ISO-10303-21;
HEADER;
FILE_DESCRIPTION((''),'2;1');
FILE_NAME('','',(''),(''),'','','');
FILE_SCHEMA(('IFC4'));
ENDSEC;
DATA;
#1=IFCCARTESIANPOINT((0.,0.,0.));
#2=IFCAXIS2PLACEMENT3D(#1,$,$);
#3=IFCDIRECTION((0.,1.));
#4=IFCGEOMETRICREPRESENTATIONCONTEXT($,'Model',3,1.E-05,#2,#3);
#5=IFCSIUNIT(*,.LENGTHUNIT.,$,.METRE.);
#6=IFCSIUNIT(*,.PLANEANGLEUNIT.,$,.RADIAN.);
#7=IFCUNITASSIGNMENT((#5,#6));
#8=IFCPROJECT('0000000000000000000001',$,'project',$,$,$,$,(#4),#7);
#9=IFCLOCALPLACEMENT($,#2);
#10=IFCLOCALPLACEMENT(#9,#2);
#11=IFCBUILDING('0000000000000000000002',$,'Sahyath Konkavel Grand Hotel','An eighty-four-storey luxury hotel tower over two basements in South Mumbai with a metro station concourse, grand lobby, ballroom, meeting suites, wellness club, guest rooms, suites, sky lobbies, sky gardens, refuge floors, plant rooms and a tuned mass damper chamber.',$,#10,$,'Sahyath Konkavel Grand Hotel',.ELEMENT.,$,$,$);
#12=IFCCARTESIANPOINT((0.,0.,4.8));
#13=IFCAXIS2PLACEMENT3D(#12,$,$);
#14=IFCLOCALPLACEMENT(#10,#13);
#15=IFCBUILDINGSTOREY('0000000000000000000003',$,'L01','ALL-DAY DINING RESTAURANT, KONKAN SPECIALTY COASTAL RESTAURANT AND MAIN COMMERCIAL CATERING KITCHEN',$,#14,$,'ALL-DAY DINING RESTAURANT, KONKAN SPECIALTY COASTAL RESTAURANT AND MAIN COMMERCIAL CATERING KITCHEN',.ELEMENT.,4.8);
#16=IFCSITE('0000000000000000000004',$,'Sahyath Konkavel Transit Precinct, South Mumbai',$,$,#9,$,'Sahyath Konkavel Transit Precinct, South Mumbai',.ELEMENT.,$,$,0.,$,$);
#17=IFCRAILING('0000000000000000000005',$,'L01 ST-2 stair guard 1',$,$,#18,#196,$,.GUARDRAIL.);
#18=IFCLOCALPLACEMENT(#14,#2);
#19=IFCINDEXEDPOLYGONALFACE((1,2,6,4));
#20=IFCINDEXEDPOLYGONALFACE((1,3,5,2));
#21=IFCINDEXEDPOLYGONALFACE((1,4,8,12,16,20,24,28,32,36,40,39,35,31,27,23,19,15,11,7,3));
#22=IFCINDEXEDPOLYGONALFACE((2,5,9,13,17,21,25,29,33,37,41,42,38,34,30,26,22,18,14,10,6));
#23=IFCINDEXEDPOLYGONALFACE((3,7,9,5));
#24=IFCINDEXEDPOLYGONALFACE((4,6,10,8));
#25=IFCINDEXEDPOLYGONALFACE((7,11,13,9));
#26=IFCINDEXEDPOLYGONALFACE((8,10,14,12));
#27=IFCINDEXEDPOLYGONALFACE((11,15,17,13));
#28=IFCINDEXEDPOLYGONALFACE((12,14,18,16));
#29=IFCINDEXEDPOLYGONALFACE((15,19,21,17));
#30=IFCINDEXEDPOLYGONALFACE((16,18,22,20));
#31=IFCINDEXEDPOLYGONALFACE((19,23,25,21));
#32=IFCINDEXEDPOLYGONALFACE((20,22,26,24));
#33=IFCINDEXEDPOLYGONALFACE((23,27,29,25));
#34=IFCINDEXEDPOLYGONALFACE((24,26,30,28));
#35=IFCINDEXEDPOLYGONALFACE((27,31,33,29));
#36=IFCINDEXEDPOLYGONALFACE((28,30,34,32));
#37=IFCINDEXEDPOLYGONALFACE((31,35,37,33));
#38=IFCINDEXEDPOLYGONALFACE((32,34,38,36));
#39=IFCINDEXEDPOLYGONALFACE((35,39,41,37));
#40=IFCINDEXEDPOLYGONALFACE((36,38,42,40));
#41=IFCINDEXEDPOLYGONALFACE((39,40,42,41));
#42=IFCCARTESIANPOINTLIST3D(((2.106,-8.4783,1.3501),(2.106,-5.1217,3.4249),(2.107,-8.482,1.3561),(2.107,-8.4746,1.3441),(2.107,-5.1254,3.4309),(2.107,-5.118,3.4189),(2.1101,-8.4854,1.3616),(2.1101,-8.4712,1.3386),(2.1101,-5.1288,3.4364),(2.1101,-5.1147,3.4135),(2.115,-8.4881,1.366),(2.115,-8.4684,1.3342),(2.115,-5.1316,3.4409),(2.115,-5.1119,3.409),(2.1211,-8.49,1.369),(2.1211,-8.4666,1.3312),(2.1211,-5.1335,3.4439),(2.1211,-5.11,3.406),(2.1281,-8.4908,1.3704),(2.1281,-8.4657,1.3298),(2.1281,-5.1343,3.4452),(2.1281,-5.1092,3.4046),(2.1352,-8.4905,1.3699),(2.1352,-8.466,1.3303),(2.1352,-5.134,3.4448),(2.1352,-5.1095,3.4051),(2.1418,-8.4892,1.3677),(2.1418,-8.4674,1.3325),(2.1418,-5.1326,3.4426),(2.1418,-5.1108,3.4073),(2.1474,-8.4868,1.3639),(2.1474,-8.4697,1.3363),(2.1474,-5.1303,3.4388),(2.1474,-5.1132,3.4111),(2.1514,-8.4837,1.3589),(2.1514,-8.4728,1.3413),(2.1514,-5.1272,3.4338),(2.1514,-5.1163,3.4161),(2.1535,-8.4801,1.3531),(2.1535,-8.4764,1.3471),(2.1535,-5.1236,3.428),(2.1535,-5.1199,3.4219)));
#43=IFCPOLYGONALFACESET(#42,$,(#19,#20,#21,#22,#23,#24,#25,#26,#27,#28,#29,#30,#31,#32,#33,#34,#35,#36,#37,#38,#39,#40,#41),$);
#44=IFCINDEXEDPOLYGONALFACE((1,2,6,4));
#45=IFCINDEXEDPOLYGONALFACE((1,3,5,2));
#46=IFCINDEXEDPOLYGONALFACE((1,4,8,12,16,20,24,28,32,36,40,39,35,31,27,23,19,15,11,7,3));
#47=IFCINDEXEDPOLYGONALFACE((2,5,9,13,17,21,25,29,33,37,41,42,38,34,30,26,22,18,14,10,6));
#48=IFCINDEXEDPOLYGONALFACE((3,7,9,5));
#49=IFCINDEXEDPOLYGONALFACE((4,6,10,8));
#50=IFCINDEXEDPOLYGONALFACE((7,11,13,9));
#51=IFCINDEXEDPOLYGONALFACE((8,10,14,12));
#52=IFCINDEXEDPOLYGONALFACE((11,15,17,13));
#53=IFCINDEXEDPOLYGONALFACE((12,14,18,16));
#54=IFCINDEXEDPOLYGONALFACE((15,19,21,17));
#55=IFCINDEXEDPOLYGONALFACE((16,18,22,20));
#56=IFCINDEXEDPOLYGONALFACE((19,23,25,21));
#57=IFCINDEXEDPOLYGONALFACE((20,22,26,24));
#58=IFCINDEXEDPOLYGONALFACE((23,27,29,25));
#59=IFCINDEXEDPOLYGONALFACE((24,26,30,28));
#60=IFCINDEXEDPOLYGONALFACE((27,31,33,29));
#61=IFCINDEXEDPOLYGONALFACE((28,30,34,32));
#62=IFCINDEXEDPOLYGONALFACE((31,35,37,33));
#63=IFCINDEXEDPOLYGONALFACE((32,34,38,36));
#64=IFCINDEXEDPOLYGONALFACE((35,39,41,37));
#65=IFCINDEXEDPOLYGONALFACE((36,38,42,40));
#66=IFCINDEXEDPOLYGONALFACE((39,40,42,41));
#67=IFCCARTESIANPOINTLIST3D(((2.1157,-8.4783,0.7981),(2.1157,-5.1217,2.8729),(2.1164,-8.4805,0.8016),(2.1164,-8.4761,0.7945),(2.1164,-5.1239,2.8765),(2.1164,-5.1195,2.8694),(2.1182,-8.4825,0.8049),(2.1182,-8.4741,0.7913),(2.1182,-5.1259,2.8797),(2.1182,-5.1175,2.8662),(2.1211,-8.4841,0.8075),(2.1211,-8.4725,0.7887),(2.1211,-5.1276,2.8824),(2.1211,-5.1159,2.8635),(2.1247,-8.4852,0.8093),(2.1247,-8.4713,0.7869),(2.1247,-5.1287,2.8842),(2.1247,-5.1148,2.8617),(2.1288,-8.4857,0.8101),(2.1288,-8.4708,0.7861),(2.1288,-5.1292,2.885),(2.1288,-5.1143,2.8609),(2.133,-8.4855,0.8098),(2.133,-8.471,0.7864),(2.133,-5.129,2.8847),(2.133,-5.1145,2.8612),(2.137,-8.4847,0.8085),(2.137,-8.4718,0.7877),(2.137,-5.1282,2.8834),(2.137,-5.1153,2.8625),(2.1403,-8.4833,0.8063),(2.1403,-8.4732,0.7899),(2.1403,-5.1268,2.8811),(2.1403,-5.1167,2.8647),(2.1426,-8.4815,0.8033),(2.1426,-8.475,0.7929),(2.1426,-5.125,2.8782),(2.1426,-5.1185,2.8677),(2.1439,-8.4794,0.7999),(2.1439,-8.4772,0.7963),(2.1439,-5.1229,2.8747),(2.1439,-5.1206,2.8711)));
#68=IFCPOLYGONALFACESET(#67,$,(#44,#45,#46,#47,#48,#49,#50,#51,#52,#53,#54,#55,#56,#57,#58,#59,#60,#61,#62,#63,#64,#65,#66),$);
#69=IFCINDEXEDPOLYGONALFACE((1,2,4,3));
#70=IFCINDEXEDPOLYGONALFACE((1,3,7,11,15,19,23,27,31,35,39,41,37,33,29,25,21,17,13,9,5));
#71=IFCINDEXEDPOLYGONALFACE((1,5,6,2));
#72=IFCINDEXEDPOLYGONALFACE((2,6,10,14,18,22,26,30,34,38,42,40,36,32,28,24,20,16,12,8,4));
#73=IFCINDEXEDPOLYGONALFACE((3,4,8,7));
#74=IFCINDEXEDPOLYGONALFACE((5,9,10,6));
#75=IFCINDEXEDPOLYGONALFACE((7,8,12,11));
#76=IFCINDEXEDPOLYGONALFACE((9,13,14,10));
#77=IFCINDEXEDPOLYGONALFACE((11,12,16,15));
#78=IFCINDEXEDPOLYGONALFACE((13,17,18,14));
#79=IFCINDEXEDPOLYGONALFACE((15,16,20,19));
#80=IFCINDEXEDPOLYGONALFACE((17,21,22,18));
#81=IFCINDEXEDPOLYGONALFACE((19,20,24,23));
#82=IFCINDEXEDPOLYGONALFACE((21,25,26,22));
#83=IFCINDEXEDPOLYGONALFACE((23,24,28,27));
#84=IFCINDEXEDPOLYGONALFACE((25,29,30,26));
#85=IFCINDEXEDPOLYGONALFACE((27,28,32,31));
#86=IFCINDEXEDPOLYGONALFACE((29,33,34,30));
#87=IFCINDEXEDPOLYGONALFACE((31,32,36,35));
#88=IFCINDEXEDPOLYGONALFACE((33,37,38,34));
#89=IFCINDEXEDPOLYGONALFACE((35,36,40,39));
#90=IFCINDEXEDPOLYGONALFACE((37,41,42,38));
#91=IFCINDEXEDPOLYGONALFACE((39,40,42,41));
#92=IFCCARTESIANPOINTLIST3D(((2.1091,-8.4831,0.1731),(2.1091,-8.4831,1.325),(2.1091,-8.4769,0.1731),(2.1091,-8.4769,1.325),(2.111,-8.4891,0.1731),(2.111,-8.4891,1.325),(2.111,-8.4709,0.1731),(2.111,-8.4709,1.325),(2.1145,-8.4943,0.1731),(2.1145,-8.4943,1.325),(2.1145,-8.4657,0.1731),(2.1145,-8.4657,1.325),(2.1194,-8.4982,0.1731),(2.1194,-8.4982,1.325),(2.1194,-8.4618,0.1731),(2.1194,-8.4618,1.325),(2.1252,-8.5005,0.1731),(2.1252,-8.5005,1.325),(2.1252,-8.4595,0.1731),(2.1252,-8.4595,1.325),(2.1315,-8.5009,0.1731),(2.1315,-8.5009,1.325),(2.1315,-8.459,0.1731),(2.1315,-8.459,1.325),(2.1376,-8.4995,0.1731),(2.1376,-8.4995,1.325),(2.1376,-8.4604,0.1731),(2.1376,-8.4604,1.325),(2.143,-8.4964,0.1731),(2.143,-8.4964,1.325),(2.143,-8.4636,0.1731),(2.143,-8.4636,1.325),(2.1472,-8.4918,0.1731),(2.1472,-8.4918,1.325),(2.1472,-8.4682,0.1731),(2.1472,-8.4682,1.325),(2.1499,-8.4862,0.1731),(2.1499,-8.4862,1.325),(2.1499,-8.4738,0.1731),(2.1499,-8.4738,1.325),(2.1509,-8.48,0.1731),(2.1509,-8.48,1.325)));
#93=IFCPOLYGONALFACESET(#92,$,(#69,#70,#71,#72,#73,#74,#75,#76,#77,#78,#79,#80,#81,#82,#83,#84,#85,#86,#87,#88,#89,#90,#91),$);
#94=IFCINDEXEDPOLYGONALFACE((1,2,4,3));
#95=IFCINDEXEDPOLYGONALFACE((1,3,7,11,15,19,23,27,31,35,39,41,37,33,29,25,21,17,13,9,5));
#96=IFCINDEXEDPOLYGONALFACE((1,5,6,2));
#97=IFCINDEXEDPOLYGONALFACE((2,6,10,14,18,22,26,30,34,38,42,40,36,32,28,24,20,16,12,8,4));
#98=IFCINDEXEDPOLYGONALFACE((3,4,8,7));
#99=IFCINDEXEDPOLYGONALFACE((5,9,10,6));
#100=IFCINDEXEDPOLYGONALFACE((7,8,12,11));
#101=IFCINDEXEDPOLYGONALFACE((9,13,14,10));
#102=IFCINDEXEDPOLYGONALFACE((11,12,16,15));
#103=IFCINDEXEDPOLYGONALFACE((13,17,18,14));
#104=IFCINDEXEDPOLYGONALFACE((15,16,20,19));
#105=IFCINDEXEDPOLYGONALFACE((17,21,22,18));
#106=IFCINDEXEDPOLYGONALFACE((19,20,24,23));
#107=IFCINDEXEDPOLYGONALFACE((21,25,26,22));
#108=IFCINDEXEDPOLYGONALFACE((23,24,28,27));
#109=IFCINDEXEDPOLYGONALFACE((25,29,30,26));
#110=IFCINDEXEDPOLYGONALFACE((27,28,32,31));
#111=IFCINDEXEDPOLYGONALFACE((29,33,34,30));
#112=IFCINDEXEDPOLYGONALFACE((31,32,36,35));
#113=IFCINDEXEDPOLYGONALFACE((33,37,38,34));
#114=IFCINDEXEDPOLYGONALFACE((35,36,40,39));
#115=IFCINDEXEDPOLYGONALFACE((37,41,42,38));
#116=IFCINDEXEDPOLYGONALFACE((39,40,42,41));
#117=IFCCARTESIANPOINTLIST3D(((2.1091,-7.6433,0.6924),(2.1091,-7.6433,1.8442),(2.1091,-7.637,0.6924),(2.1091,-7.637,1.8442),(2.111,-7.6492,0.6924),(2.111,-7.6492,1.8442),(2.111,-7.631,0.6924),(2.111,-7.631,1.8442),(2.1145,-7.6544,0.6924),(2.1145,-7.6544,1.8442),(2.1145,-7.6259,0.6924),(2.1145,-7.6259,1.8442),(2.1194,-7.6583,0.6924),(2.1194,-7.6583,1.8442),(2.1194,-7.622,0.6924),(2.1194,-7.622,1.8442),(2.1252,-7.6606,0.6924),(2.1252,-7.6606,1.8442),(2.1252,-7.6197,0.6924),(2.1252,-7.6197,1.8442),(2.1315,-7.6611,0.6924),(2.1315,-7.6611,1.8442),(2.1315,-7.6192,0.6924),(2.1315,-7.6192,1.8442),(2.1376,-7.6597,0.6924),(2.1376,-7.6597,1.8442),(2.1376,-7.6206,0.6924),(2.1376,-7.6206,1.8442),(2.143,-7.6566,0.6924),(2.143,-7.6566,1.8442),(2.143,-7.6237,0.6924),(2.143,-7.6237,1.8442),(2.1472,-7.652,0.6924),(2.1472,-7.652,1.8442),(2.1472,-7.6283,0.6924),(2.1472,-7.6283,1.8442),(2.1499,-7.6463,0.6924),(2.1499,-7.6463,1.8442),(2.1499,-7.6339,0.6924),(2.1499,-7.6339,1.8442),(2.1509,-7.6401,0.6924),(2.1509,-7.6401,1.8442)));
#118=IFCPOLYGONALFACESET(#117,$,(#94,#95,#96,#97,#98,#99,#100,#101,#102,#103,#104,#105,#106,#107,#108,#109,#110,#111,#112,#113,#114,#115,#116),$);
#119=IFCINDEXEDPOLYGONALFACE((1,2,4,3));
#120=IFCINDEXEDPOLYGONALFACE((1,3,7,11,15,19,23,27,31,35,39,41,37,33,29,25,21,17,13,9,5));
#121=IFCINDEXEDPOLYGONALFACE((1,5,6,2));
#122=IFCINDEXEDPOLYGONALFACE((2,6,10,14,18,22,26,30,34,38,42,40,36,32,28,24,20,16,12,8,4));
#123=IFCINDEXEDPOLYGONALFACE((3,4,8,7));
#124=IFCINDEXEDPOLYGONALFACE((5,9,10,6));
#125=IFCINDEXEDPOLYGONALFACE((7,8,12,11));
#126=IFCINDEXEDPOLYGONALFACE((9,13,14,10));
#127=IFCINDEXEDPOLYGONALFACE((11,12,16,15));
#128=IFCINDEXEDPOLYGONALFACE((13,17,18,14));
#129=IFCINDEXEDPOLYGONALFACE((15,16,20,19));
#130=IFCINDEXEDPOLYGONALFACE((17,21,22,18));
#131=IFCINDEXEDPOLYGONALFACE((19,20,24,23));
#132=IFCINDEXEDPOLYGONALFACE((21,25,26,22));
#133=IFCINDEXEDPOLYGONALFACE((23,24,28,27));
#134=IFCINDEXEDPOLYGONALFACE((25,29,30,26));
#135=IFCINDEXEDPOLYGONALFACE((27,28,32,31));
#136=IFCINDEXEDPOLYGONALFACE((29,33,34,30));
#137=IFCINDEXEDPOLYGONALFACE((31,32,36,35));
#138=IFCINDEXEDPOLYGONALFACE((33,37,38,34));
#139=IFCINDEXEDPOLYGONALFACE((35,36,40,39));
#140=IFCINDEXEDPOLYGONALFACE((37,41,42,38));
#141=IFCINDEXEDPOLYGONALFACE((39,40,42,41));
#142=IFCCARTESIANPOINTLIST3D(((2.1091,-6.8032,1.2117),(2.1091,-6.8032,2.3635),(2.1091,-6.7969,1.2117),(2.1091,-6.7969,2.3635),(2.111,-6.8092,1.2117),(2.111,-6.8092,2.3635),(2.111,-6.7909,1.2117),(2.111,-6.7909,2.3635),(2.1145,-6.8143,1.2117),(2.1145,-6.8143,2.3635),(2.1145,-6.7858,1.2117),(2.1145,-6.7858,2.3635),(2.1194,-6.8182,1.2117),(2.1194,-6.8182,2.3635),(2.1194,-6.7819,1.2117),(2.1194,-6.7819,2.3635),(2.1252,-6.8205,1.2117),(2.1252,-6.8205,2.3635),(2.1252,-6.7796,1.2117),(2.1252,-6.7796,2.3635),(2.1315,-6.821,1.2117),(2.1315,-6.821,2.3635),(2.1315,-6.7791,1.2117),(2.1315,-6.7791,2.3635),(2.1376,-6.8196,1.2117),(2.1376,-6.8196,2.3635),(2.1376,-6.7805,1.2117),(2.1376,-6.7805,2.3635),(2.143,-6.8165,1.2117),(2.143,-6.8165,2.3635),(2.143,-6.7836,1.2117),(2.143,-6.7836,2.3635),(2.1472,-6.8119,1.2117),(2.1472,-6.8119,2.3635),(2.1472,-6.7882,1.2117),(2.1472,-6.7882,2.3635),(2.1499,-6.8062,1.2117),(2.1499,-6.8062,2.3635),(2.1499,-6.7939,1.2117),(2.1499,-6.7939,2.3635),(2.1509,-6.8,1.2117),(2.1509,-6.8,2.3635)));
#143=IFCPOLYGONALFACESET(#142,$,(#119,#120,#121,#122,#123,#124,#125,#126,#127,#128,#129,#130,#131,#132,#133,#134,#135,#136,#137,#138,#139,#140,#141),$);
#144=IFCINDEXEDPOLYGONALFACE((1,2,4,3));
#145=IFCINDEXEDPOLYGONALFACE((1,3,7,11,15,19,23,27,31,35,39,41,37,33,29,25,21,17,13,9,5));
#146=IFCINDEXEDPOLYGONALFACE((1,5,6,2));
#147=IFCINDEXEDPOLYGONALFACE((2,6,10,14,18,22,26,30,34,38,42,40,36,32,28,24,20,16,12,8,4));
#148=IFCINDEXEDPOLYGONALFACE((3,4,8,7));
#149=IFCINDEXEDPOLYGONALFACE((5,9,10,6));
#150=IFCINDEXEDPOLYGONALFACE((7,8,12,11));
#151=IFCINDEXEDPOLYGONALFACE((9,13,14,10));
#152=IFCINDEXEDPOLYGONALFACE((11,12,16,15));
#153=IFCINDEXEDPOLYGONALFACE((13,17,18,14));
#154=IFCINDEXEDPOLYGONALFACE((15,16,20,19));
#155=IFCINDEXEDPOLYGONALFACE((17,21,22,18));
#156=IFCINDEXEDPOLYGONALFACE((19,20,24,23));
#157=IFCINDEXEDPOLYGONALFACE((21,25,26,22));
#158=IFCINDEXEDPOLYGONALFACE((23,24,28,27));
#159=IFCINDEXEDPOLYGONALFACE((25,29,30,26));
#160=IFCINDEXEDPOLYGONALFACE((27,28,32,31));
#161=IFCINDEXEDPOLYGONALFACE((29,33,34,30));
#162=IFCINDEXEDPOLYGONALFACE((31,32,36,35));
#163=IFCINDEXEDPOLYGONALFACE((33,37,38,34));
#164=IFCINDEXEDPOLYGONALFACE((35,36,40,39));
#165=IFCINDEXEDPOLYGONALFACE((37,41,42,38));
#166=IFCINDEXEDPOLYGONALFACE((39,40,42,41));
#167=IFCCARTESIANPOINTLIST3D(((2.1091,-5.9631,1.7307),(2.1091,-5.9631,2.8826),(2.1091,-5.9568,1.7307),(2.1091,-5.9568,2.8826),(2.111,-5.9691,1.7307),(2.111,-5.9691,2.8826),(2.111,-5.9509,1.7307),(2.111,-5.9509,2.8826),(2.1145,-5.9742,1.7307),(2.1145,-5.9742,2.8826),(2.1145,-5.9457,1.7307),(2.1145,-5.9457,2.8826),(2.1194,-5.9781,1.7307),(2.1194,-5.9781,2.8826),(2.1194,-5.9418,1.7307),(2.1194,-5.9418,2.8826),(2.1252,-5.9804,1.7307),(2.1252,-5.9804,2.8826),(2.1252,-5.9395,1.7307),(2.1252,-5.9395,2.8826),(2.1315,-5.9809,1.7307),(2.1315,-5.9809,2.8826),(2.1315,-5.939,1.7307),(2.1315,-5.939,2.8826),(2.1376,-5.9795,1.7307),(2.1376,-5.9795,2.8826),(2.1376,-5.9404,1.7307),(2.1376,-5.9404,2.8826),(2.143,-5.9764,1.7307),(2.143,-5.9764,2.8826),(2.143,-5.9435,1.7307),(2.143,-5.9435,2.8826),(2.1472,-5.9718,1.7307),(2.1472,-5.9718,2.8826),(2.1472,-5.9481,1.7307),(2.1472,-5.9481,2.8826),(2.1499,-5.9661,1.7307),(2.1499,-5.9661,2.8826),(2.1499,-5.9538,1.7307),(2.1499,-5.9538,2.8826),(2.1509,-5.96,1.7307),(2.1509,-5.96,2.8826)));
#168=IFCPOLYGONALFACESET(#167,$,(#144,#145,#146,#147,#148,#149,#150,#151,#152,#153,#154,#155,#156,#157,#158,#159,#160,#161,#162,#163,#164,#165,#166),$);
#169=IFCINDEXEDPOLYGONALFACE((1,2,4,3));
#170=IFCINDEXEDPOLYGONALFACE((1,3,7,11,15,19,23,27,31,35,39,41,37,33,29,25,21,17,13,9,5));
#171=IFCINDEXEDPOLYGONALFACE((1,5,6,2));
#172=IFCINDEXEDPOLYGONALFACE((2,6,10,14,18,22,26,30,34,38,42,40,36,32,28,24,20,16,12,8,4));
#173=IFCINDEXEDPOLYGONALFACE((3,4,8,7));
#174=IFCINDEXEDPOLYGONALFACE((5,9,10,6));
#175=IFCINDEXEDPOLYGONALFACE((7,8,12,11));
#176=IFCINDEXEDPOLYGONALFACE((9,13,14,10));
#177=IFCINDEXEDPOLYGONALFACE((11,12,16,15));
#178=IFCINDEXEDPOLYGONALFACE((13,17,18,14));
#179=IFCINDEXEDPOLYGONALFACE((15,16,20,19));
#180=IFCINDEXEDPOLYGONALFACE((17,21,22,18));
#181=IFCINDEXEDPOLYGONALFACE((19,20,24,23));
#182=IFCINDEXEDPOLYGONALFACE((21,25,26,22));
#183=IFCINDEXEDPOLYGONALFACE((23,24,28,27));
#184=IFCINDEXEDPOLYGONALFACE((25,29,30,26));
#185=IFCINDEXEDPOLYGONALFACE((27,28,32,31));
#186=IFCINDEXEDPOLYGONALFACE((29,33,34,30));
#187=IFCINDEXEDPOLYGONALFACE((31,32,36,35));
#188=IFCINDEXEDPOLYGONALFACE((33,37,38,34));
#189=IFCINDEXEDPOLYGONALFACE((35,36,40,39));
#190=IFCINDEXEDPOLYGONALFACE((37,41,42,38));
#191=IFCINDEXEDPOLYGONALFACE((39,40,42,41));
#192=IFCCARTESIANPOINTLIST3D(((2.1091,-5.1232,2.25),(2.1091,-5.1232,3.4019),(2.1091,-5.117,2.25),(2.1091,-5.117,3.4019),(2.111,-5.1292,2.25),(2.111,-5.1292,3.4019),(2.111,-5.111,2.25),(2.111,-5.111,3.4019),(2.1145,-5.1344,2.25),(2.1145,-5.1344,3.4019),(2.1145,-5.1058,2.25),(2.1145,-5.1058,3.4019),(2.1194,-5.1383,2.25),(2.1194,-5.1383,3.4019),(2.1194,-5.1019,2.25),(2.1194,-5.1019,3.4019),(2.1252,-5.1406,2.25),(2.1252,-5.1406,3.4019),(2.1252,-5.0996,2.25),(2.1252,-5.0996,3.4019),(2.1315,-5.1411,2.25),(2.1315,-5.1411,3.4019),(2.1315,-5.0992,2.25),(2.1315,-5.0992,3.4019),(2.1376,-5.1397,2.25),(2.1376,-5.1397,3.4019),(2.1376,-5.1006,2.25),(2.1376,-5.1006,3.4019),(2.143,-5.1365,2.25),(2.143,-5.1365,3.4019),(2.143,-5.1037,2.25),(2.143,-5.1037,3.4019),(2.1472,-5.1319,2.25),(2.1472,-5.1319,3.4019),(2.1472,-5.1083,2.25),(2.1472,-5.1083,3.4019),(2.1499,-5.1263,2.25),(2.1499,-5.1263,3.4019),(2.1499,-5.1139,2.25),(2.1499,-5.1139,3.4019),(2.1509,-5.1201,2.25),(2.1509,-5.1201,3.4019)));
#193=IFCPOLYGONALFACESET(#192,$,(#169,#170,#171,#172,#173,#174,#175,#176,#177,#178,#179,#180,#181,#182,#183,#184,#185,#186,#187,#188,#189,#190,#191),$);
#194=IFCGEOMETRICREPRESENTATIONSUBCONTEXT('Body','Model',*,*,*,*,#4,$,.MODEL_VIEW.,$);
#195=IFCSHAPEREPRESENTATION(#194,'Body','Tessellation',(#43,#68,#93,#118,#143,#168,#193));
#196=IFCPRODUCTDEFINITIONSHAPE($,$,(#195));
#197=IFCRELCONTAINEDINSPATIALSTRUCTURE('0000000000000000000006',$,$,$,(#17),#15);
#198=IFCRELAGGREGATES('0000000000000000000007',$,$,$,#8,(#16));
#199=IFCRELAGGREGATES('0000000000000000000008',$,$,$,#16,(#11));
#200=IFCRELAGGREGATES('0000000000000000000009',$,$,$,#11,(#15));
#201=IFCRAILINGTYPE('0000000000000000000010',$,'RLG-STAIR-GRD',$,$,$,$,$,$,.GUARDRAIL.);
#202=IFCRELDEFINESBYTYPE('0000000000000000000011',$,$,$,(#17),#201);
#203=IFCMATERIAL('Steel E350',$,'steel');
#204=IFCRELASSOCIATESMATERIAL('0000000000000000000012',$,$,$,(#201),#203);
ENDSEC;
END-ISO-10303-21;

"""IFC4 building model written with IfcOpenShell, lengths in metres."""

from ifc_helpers import new_model, si_unit, direction, frame, origin, origin_2d, place, context, subcontext, project, spatial, circle, extrude, material, type_object, element, save


model = new_model("IFC4")

# Units and contexts
model_context = context("Model", 3, precision=1e-05, world=origin(), true_north=direction((0.0, 1.0)))
body_context = subcontext(model_context, "Body", "Model", "MODEL_VIEW")
ifc_project = project(units=[si_unit("LENGTHUNIT", "METRE"), si_unit("PLANEANGLEUNIT", "RADIAN")], contexts=[model_context])

# Site, building, storey
site_placement = place(None, origin())
site = spatial("IfcSite", under=ifc_project, at=site_placement, Name="Sahyath Konkavel Transit Precinct, South Mumbai", LongName="Sahyath Konkavel Transit Precinct, South Mumbai", CompositionType="ELEMENT", RefElevation=0.0)
building_placement = place(site_placement, origin())
building = spatial("IfcBuilding", under=site, at=building_placement, Name="Sahyath Konkavel Grand Hotel", Description="An eighty-four-storey luxury hotel tower over two basements in South Mumbai with a metro station concourse, grand lobby, ballroom, meeting suites, wellness club, guest rooms, suites, sky lobbies, sky gardens, refuge floors, plant rooms and a tuned mass damper chamber.", LongName="Sahyath Konkavel Grand Hotel", CompositionType="ELEMENT")
storey_placement = place(building_placement, frame((0.0, 0.0, 4.8)))
storey = spatial("IfcBuildingStorey", under=building, at=storey_placement, Name="L01", Description="ALL-DAY DINING RESTAURANT, KONKAN SPECIALTY COASTAL RESTAURANT AND MAIN COMMERCIAL CATERING KITCHEN", LongName="ALL-DAY DINING RESTAURANT, KONKAN SPECIALTY COASTAL RESTAURANT AND MAIN COMMERCIAL CATERING KITCHEN", CompositionType="ELEMENT", Elevation=4.8)

# Shared definitions
ifc_material_1 = material(Name="Steel E350", Category="steel")

# Railing
railing_type = type_object("IfcRailingType", Name="RLG-STAIR-GRD", PredefinedType="GUARDRAIL", material=ifc_material_1)
railing_1_placement = place(storey_placement, frame((2.1299, -8.48, 0.1731)))
element("IfcRailing", 1, at=railing_1_placement, inside=storey, type_object=railing_type, Name="L01 ST-2 stair guard 1", PredefinedType="GUARDRAIL", context=body_context, shape_type="SweptSolid", body=[
    extrude(circle(Radius=0.0239, at=origin_2d()), frame((0.0, 0.0017, 1.177), z_axis=(0.0, 0.850606, 0.525803), x_axis=(-1.0, 0.0, 0.0)), (0.0, 0.0, 1.0), 3.946),
    extrude(circle(Radius=0.0142, at=origin_2d()), frame((0.0, 0.0017, 0.625), z_axis=(0.0, 0.850606, 0.525803), x_axis=(-1.0, 0.0, 0.0)), (0.0, 0.0, 1.0), 3.946),
    extrude(circle(Radius=0.021, at=origin_2d()), origin(), (0.0, 0.0, 1.0), 1.1519),
    extrude(circle(Radius=0.021, at=origin_2d()), frame((0.0, 0.8398, 0.5193)), (0.0, 0.0, 1.0), 1.1519),
    extrude(circle(Radius=0.021, at=origin_2d()), frame((0.0, 1.6799, 1.0386)), (0.0, 0.0, 1.0), 1.1519),
    extrude(circle(Radius=0.021, at=origin_2d()), frame((0.0, 2.52, 1.5576)), (0.0, 0.0, 1.0), 1.1519),
    extrude(circle(Radius=0.021, at=origin_2d()), frame((0.0, 3.3599, 2.0769)), (0.0, 0.0, 1.0), 1.1519),
])

save(model, "model.ifc")
